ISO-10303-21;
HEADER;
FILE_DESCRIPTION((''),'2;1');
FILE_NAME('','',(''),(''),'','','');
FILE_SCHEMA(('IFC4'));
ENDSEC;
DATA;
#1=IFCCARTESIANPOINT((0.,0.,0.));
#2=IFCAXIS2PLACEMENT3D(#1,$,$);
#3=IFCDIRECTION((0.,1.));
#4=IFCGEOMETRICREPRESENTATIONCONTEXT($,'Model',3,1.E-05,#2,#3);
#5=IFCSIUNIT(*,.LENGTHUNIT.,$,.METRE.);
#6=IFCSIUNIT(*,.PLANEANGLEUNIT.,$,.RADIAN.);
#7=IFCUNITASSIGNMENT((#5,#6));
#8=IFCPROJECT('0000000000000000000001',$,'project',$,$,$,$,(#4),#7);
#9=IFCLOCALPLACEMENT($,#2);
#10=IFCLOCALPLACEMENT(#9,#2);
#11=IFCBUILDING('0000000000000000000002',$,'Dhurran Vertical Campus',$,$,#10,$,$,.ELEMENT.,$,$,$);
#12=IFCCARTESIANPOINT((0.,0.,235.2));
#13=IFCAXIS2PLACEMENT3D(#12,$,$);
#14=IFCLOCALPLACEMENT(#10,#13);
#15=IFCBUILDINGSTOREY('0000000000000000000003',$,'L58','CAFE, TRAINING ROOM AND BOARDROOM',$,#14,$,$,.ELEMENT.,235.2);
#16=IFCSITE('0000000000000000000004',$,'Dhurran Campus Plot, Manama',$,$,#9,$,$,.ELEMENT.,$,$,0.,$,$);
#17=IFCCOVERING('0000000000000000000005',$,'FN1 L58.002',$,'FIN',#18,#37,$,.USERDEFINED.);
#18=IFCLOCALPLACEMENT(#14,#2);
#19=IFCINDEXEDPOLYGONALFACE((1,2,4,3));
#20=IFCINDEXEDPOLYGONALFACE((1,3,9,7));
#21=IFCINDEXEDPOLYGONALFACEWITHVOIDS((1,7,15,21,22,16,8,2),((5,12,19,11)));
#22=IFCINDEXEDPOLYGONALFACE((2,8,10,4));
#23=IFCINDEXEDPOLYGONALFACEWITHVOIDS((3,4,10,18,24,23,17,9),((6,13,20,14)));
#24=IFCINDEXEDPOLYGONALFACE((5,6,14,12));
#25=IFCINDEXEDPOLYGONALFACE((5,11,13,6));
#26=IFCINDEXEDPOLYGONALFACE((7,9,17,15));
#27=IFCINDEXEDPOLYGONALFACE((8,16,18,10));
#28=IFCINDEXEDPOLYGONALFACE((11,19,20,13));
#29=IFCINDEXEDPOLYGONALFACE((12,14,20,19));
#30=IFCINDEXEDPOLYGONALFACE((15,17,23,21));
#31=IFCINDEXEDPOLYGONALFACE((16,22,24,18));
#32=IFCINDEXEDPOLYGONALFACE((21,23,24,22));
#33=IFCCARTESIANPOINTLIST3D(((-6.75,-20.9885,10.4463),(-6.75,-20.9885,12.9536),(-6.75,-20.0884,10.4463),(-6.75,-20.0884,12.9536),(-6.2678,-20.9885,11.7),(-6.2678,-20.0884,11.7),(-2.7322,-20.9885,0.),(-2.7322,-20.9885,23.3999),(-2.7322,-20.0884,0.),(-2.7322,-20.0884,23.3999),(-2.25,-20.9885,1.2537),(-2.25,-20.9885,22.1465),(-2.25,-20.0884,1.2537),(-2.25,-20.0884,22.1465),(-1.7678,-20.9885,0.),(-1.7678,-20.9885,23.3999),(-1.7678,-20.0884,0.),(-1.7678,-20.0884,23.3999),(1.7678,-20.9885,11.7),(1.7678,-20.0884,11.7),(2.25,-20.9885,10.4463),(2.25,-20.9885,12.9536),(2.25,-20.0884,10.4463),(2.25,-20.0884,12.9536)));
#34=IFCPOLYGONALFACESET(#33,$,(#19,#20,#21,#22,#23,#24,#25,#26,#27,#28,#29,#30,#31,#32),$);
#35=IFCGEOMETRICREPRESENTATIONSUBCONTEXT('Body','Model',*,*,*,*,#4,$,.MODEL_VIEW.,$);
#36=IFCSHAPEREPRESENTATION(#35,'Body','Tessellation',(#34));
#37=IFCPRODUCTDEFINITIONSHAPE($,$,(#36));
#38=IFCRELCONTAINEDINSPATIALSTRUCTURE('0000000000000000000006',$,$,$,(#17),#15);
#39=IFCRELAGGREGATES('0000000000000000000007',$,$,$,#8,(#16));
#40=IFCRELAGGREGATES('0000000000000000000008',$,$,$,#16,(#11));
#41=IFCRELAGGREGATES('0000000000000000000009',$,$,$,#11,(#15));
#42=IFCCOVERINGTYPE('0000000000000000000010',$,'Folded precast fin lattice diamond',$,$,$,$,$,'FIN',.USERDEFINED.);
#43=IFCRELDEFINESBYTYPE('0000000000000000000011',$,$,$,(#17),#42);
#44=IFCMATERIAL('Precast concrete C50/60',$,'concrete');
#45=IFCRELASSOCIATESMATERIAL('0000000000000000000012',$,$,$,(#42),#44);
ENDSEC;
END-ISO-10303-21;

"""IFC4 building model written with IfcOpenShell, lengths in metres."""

from ifc_helpers import new_model, si_unit, direction, frame, origin, place, context, subcontext, project, spatial, polyline, outline, extrude, material, type_object, element, save


model = new_model("IFC4")

# Units and contexts
model_context = context("Model", 3, precision=1e-05, world=origin(), true_north=direction((0.0, 1.0)))
body_context = subcontext(model_context, "Body", "Model", "MODEL_VIEW")
ifc_project = project(units=[si_unit("LENGTHUNIT", "METRE"), si_unit("PLANEANGLEUNIT", "RADIAN")], contexts=[model_context])

# Site, building, storey
site_placement = place(None, origin())
site = spatial("IfcSite", under=ifc_project, at=site_placement, Name="Dhurran Campus Plot, Manama", CompositionType="ELEMENT", RefElevation=0.0)
building_placement = place(site_placement, origin())
building = spatial("IfcBuilding", under=site, at=building_placement, Name="Dhurran Vertical Campus", CompositionType="ELEMENT")
storey_placement = place(building_placement, frame((0.0, 0.0, 235.2)))
storey = spatial("IfcBuildingStorey", under=building, at=storey_placement, Name="L58", Description="CAFE, TRAINING ROOM AND BOARDROOM", CompositionType="ELEMENT", Elevation=235.2)

# Covering
ifc_material_1 = material(Name="Precast concrete C50/60", Category="concrete")
covering_type = type_object("IfcCoveringType", Name="Folded precast fin lattice diamond", ElementType="FIN", PredefinedType="USERDEFINED", material=ifc_material_1)
covering_placement = place(storey_placement, frame((-6.75, -20.0884, 0.0), z_axis=(0.0, -1.0, 0.0), x_axis=(1.0, 0.0, 0.0)))
element("IfcCovering", 1, at=covering_placement, inside=storey, type_object=covering_type, Name="FN1 L58.002", ObjectType="FIN", PredefinedType="USERDEFINED", context=body_context, shape_type="SweptSolid", body=[
    extrude(outline(polyline([(9.0, 12.9536), (9.0, 10.4463), (4.9822, 0.0), (4.0178, 0.0), (0.0, 10.4463), (0.0, 12.9536), (4.0178, 23.3999), (4.9822, 23.3999), (9.0, 12.9536)]), holes=[polyline([(8.5178, 11.7), (4.5, 22.1465), (0.4822, 11.7), (4.5, 1.2537), (8.5178, 11.7)])]), origin(), (0.0, 0.0, 1.0), 0.9001),
])

save(model, "model.ifc")
